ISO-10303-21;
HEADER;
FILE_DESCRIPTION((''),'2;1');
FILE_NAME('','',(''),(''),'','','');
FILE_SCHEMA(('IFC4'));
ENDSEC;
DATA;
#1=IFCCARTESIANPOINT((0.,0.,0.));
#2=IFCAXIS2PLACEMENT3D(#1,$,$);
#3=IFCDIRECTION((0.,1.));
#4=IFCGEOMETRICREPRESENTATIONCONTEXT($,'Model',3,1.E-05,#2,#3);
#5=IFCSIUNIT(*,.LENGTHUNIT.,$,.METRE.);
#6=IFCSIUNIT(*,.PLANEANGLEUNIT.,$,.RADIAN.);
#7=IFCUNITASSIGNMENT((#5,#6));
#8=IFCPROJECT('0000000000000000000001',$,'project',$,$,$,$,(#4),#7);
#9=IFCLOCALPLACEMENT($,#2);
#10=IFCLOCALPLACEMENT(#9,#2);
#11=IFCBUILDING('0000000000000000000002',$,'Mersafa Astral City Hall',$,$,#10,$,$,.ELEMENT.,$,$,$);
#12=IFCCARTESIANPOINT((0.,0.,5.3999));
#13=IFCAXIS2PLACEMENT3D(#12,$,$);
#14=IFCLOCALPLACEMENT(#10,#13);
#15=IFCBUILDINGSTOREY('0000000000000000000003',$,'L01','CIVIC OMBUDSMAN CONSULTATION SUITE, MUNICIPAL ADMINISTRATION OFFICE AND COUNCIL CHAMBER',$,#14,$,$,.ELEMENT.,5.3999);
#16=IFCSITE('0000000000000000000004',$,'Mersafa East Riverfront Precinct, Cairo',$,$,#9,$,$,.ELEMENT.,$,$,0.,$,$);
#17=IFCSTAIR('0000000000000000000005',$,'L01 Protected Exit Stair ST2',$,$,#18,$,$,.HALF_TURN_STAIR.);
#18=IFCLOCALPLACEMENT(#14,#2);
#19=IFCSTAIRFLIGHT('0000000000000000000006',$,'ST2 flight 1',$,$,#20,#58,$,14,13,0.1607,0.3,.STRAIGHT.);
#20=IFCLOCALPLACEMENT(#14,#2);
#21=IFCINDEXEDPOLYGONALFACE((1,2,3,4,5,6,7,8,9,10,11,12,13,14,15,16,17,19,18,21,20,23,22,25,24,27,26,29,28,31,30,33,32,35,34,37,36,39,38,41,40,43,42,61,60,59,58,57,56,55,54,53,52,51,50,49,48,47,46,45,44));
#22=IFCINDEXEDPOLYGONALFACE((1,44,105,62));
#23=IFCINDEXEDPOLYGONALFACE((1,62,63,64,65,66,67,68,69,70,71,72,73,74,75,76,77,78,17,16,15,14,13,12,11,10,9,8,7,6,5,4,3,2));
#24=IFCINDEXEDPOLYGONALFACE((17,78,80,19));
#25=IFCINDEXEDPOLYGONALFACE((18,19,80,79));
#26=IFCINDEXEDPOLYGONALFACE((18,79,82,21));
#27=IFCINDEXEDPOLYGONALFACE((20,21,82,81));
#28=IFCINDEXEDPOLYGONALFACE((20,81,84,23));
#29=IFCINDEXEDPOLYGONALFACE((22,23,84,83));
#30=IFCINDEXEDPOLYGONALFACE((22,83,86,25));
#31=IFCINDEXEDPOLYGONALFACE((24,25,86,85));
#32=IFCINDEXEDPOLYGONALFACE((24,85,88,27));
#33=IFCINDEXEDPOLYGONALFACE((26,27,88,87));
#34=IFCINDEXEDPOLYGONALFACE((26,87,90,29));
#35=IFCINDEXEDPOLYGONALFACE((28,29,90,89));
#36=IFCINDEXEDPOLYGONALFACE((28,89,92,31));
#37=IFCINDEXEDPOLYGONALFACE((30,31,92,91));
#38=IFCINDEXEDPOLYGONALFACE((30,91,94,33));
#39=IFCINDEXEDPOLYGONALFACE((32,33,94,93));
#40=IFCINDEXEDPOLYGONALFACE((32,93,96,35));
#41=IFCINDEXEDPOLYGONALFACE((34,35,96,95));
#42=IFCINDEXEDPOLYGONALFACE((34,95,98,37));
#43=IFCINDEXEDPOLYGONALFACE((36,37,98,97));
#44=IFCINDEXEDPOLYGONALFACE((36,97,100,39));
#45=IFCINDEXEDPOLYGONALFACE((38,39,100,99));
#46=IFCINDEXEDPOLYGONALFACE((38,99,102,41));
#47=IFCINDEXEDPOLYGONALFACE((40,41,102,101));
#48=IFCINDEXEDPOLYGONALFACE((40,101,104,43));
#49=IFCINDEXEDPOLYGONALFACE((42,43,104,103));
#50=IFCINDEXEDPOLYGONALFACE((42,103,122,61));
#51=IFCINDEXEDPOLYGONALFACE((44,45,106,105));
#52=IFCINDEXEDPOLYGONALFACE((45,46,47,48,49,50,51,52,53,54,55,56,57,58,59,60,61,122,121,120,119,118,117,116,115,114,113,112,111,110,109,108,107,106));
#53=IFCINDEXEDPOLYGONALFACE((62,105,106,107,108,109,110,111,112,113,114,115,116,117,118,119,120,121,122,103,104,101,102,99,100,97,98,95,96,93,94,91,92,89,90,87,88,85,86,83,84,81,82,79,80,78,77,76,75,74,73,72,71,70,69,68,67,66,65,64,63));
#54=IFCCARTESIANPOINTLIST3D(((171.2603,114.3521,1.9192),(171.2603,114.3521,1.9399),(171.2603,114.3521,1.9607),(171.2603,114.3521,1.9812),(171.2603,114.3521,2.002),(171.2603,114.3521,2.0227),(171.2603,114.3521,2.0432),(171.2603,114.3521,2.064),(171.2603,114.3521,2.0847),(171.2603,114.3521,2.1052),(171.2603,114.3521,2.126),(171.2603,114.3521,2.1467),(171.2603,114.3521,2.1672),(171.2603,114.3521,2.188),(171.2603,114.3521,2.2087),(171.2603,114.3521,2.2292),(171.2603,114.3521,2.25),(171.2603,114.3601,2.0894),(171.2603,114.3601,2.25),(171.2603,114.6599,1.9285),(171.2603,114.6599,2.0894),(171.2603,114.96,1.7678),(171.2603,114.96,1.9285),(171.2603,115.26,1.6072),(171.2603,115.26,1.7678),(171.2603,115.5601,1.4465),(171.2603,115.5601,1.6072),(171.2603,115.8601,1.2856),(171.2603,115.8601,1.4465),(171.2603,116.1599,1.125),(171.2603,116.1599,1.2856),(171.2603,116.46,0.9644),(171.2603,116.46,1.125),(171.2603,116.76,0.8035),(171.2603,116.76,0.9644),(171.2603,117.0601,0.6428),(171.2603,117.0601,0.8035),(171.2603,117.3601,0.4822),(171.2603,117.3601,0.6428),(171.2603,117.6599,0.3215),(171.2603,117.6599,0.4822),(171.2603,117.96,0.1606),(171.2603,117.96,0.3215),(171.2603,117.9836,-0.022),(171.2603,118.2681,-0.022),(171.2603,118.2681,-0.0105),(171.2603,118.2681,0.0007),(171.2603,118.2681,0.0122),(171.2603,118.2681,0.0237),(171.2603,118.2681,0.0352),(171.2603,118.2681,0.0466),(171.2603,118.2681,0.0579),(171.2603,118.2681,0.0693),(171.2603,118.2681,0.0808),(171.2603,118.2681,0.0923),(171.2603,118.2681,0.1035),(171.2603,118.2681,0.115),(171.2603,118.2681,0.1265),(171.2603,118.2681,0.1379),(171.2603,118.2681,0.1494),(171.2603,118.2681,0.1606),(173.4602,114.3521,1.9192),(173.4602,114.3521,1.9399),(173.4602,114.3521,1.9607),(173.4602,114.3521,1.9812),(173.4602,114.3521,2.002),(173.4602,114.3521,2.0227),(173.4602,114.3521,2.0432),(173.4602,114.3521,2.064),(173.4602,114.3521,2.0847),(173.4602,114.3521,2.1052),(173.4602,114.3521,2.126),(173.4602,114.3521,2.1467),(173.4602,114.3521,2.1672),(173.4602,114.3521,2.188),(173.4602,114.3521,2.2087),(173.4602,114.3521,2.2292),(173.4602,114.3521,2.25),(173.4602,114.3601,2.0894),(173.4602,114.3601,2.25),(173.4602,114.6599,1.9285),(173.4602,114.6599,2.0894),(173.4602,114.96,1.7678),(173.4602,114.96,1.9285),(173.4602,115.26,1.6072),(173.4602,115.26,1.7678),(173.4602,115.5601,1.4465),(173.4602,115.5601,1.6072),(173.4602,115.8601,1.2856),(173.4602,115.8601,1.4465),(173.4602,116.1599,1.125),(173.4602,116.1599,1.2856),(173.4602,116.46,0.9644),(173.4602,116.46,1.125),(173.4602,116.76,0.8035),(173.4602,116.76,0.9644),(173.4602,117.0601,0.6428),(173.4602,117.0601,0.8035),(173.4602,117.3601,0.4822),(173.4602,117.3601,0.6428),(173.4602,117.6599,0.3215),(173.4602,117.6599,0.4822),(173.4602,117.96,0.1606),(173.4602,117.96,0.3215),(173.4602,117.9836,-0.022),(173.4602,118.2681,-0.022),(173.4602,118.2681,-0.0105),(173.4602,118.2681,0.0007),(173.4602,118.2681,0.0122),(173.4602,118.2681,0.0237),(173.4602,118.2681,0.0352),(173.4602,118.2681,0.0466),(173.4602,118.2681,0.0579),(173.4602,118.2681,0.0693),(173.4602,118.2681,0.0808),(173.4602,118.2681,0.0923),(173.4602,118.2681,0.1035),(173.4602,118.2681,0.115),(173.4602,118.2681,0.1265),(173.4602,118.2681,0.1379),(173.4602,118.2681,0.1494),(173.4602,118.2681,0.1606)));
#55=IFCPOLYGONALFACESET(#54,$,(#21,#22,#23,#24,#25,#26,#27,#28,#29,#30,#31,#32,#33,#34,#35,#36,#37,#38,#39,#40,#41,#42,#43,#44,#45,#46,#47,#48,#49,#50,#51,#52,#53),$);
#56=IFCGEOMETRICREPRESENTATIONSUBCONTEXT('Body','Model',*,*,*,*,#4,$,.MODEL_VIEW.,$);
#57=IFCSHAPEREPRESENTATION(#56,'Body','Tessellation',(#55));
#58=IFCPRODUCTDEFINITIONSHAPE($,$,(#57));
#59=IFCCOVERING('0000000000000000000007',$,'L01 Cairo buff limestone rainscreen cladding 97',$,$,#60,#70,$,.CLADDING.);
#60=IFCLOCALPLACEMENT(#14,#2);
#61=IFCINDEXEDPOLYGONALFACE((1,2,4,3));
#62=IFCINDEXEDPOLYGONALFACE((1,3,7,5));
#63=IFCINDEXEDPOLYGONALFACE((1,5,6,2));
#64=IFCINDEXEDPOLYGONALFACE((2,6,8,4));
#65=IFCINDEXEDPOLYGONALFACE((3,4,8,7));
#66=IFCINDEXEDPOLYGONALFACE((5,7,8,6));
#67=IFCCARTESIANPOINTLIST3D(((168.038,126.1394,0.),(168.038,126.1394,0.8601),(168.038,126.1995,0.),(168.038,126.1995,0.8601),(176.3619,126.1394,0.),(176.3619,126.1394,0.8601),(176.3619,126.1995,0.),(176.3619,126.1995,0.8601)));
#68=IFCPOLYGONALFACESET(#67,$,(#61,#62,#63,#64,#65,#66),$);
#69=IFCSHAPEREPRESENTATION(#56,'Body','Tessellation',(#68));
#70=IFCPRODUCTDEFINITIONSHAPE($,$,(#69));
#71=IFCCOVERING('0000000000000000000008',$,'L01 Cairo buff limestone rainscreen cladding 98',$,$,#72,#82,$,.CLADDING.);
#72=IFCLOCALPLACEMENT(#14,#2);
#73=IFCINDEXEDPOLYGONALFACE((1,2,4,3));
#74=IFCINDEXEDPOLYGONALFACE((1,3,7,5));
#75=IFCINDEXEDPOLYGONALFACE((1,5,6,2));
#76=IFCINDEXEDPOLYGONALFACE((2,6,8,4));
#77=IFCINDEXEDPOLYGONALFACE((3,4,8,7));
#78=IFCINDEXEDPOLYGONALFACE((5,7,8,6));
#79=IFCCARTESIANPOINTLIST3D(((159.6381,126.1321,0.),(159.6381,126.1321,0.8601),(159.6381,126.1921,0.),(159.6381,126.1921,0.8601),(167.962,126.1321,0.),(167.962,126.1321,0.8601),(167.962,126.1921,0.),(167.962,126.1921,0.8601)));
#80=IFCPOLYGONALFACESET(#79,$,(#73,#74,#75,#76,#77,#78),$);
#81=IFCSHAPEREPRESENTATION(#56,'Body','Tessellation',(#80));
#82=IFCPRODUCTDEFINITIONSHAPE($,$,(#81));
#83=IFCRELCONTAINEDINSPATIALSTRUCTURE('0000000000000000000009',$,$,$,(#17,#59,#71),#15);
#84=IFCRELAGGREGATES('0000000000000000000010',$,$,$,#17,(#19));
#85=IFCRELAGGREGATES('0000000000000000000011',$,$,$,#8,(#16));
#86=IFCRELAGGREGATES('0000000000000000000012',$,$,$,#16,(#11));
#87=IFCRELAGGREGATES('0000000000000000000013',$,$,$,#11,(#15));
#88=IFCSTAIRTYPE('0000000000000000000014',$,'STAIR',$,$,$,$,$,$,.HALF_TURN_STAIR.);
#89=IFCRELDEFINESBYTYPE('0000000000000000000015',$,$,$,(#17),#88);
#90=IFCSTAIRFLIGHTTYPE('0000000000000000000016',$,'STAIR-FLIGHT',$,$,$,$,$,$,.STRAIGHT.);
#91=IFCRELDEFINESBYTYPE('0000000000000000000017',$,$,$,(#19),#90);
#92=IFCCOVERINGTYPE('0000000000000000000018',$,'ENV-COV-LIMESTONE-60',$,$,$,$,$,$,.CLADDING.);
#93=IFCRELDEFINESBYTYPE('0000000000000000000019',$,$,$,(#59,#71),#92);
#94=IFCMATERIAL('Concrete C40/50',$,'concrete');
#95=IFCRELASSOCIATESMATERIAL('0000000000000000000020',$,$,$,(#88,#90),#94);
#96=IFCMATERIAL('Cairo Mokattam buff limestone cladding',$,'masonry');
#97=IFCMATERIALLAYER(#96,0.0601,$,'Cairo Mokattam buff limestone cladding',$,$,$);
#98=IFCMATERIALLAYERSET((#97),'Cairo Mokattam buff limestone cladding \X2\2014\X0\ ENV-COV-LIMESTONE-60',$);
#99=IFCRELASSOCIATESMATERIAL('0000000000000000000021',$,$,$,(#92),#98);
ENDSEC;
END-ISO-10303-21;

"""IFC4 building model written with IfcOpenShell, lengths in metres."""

from ifc_helpers import new_model, si_unit, direction, frame, origin, origin_2d, place, context, subcontext, project, spatial, polyline, rectangle, outline, extrude, material, layer, layer_set, type_object, element, aggregate, save


model = new_model("IFC4")

# Units and contexts
model_context = context("Model", 3, precision=1e-05, world=origin(), true_north=direction((0.0, 1.0)))
body_context = subcontext(model_context, "Body", "Model", "MODEL_VIEW")
ifc_project = project(units=[si_unit("LENGTHUNIT", "METRE"), si_unit("PLANEANGLEUNIT", "RADIAN")], contexts=[model_context])

# Site, building, storey
site_placement = place(None, origin())
site = spatial("IfcSite", under=ifc_project, at=site_placement, Name="Mersafa East Riverfront Precinct, Cairo", CompositionType="ELEMENT", RefElevation=0.0)
building_placement = place(site_placement, origin())
building = spatial("IfcBuilding", under=site, at=building_placement, Name="Mersafa Astral City Hall", CompositionType="ELEMENT")
storey_placement = place(building_placement, frame((0.0, 0.0, 5.3999)))
storey = spatial("IfcBuildingStorey", under=building, at=storey_placement, Name="L01", Description="CIVIC OMBUDSMAN CONSULTATION SUITE, MUNICIPAL ADMINISTRATION OFFICE AND COUNCIL CHAMBER", CompositionType="ELEMENT", Elevation=5.3999)

# Shared definitions
ifc_material_1 = material(Name="Concrete C40/50", Category="concrete")

# Stair, stair flight
stair_type = type_object("IfcStairType", Name="STAIR", PredefinedType="HALF_TURN_STAIR", material=ifc_material_1)
stair_placement = place(storey_placement, origin())
stair = element("IfcStair", 1, at=stair_placement, inside=storey, type_object=stair_type, Name="L01 Protected Exit Stair ST2", PredefinedType="HALF_TURN_STAIR")
stair_flight_type = type_object("IfcStairFlightType", Name="STAIR-FLIGHT", PredefinedType="STRAIGHT", material=ifc_material_1)
stair_flight_placement = place(storey_placement, frame((172.3601, 118.26, 0.0), z_axis=(0.0, 0.0, 1.0), x_axis=(0.0, -1.0, 0.0)))
stair_flight = element("IfcStairFlight", 2, at=stair_flight_placement, type_object=stair_flight_type, Name="ST2 flight 1", NumberOfRisers=14, NumberOfTreads=13, PredefinedType="STRAIGHT", RiserHeight=0.1607, TreadLength=0.3, context=body_context, shape_type="SweptSolid", body=[
    extrude(outline(polyline([(-0.0081, -0.022), (-0.0081, -0.0105), (-0.0081, 0.0007), (-0.0081, 0.0122), (-0.0081, 0.0237), (-0.0081, 0.0352), (-0.0081, 0.0466), (-0.0081, 0.0579), (-0.0081, 0.0693), (-0.0081, 0.0808), (-0.0081, 0.0923), (-0.0081, 0.1035), (-0.0081, 0.115), (-0.0081, 0.1265), (-0.0081, 0.1379), (-0.0081, 0.1494), (-0.0081, 0.1606), (0.3, 0.1606), (0.3, 0.3215), (0.6001, 0.3215), (0.6001, 0.4822), (0.8999, 0.4822), (0.8999, 0.6428), (1.2, 0.6428), (1.2, 0.8035), (1.5, 0.8035), (1.5, 0.9644), (1.8, 0.9644), (1.8, 1.125), (2.1001, 1.125), (2.1001, 1.2856), (2.3999, 1.2856), (2.3999, 1.4465), (2.7, 1.4465), (2.7, 1.6072), (3.0, 1.6072), (3.0, 1.7678), (3.3, 1.7678), (3.3, 1.9285), (3.6001, 1.9285), (3.6001, 2.0894), (3.8999, 2.0894), (3.8999, 2.25), (3.908, 2.25), (3.908, 2.2292), (3.908, 2.2087), (3.908, 2.188), (3.908, 2.1672), (3.908, 2.1467), (3.908, 2.126), (3.908, 2.1052), (3.908, 2.0847), (3.908, 2.064), (3.908, 2.0432), (3.908, 2.0227), (3.908, 2.002), (3.908, 1.9812), (3.908, 1.9607), (3.908, 1.9399), (3.908, 1.9192), (0.2764, -0.022), (-0.0081, -0.022)])), frame((0.0, 1.1001, 0.0), z_axis=(0.0, -1.0, 0.0), x_axis=(1.0, 0.0, 0.0)), (0.0, 0.0, 1.0), 2.2),
])
aggregate(stair, [stair_flight])

# Coverings
ifc_material_2 = material(Name="Cairo Mokattam buff limestone cladding", Category="masonry")
ifc_layer_1 = layer(ifc_material_2, 0.0601, Name="Cairo Mokattam buff limestone cladding")
ifc_layer_set_1 = layer_set([ifc_layer_1], Name="Cairo Mokattam buff limestone cladding — ENV-COV-LIMESTONE-60")
covering_type = type_object("IfcCoveringType", Name="ENV-COV-LIMESTONE-60", PredefinedType="CLADDING", material=ifc_layer_set_1)
for number, where, z_axis, x_axis, name in (
    (3, (172.2, 126.1694, 0.0), (0.0, 0.0, 1.0), (-1.0, 0.0, 0.0), "L01 Cairo buff limestone rainscreen cladding 97"),
    (4, (163.8, 126.1621, 0.0), (0.0, 0.0, 1.0), (-1.0, 0.0, 0.0), "L01 Cairo buff limestone rainscreen cladding 98"),
):
    element("IfcCovering", number, at=place(storey_placement, frame(where, z_axis=z_axis, x_axis=x_axis)), inside=storey, type_object=covering_type, Name=name, PredefinedType="CLADDING", context=body_context, shape_type="SweptSolid", body=[
        extrude(rectangle(XDim=8.324, YDim=0.0601, at=origin_2d()), origin(), (0.0, 0.0, 1.0), 0.8601),
    ])

save(model, "model.ifc")
